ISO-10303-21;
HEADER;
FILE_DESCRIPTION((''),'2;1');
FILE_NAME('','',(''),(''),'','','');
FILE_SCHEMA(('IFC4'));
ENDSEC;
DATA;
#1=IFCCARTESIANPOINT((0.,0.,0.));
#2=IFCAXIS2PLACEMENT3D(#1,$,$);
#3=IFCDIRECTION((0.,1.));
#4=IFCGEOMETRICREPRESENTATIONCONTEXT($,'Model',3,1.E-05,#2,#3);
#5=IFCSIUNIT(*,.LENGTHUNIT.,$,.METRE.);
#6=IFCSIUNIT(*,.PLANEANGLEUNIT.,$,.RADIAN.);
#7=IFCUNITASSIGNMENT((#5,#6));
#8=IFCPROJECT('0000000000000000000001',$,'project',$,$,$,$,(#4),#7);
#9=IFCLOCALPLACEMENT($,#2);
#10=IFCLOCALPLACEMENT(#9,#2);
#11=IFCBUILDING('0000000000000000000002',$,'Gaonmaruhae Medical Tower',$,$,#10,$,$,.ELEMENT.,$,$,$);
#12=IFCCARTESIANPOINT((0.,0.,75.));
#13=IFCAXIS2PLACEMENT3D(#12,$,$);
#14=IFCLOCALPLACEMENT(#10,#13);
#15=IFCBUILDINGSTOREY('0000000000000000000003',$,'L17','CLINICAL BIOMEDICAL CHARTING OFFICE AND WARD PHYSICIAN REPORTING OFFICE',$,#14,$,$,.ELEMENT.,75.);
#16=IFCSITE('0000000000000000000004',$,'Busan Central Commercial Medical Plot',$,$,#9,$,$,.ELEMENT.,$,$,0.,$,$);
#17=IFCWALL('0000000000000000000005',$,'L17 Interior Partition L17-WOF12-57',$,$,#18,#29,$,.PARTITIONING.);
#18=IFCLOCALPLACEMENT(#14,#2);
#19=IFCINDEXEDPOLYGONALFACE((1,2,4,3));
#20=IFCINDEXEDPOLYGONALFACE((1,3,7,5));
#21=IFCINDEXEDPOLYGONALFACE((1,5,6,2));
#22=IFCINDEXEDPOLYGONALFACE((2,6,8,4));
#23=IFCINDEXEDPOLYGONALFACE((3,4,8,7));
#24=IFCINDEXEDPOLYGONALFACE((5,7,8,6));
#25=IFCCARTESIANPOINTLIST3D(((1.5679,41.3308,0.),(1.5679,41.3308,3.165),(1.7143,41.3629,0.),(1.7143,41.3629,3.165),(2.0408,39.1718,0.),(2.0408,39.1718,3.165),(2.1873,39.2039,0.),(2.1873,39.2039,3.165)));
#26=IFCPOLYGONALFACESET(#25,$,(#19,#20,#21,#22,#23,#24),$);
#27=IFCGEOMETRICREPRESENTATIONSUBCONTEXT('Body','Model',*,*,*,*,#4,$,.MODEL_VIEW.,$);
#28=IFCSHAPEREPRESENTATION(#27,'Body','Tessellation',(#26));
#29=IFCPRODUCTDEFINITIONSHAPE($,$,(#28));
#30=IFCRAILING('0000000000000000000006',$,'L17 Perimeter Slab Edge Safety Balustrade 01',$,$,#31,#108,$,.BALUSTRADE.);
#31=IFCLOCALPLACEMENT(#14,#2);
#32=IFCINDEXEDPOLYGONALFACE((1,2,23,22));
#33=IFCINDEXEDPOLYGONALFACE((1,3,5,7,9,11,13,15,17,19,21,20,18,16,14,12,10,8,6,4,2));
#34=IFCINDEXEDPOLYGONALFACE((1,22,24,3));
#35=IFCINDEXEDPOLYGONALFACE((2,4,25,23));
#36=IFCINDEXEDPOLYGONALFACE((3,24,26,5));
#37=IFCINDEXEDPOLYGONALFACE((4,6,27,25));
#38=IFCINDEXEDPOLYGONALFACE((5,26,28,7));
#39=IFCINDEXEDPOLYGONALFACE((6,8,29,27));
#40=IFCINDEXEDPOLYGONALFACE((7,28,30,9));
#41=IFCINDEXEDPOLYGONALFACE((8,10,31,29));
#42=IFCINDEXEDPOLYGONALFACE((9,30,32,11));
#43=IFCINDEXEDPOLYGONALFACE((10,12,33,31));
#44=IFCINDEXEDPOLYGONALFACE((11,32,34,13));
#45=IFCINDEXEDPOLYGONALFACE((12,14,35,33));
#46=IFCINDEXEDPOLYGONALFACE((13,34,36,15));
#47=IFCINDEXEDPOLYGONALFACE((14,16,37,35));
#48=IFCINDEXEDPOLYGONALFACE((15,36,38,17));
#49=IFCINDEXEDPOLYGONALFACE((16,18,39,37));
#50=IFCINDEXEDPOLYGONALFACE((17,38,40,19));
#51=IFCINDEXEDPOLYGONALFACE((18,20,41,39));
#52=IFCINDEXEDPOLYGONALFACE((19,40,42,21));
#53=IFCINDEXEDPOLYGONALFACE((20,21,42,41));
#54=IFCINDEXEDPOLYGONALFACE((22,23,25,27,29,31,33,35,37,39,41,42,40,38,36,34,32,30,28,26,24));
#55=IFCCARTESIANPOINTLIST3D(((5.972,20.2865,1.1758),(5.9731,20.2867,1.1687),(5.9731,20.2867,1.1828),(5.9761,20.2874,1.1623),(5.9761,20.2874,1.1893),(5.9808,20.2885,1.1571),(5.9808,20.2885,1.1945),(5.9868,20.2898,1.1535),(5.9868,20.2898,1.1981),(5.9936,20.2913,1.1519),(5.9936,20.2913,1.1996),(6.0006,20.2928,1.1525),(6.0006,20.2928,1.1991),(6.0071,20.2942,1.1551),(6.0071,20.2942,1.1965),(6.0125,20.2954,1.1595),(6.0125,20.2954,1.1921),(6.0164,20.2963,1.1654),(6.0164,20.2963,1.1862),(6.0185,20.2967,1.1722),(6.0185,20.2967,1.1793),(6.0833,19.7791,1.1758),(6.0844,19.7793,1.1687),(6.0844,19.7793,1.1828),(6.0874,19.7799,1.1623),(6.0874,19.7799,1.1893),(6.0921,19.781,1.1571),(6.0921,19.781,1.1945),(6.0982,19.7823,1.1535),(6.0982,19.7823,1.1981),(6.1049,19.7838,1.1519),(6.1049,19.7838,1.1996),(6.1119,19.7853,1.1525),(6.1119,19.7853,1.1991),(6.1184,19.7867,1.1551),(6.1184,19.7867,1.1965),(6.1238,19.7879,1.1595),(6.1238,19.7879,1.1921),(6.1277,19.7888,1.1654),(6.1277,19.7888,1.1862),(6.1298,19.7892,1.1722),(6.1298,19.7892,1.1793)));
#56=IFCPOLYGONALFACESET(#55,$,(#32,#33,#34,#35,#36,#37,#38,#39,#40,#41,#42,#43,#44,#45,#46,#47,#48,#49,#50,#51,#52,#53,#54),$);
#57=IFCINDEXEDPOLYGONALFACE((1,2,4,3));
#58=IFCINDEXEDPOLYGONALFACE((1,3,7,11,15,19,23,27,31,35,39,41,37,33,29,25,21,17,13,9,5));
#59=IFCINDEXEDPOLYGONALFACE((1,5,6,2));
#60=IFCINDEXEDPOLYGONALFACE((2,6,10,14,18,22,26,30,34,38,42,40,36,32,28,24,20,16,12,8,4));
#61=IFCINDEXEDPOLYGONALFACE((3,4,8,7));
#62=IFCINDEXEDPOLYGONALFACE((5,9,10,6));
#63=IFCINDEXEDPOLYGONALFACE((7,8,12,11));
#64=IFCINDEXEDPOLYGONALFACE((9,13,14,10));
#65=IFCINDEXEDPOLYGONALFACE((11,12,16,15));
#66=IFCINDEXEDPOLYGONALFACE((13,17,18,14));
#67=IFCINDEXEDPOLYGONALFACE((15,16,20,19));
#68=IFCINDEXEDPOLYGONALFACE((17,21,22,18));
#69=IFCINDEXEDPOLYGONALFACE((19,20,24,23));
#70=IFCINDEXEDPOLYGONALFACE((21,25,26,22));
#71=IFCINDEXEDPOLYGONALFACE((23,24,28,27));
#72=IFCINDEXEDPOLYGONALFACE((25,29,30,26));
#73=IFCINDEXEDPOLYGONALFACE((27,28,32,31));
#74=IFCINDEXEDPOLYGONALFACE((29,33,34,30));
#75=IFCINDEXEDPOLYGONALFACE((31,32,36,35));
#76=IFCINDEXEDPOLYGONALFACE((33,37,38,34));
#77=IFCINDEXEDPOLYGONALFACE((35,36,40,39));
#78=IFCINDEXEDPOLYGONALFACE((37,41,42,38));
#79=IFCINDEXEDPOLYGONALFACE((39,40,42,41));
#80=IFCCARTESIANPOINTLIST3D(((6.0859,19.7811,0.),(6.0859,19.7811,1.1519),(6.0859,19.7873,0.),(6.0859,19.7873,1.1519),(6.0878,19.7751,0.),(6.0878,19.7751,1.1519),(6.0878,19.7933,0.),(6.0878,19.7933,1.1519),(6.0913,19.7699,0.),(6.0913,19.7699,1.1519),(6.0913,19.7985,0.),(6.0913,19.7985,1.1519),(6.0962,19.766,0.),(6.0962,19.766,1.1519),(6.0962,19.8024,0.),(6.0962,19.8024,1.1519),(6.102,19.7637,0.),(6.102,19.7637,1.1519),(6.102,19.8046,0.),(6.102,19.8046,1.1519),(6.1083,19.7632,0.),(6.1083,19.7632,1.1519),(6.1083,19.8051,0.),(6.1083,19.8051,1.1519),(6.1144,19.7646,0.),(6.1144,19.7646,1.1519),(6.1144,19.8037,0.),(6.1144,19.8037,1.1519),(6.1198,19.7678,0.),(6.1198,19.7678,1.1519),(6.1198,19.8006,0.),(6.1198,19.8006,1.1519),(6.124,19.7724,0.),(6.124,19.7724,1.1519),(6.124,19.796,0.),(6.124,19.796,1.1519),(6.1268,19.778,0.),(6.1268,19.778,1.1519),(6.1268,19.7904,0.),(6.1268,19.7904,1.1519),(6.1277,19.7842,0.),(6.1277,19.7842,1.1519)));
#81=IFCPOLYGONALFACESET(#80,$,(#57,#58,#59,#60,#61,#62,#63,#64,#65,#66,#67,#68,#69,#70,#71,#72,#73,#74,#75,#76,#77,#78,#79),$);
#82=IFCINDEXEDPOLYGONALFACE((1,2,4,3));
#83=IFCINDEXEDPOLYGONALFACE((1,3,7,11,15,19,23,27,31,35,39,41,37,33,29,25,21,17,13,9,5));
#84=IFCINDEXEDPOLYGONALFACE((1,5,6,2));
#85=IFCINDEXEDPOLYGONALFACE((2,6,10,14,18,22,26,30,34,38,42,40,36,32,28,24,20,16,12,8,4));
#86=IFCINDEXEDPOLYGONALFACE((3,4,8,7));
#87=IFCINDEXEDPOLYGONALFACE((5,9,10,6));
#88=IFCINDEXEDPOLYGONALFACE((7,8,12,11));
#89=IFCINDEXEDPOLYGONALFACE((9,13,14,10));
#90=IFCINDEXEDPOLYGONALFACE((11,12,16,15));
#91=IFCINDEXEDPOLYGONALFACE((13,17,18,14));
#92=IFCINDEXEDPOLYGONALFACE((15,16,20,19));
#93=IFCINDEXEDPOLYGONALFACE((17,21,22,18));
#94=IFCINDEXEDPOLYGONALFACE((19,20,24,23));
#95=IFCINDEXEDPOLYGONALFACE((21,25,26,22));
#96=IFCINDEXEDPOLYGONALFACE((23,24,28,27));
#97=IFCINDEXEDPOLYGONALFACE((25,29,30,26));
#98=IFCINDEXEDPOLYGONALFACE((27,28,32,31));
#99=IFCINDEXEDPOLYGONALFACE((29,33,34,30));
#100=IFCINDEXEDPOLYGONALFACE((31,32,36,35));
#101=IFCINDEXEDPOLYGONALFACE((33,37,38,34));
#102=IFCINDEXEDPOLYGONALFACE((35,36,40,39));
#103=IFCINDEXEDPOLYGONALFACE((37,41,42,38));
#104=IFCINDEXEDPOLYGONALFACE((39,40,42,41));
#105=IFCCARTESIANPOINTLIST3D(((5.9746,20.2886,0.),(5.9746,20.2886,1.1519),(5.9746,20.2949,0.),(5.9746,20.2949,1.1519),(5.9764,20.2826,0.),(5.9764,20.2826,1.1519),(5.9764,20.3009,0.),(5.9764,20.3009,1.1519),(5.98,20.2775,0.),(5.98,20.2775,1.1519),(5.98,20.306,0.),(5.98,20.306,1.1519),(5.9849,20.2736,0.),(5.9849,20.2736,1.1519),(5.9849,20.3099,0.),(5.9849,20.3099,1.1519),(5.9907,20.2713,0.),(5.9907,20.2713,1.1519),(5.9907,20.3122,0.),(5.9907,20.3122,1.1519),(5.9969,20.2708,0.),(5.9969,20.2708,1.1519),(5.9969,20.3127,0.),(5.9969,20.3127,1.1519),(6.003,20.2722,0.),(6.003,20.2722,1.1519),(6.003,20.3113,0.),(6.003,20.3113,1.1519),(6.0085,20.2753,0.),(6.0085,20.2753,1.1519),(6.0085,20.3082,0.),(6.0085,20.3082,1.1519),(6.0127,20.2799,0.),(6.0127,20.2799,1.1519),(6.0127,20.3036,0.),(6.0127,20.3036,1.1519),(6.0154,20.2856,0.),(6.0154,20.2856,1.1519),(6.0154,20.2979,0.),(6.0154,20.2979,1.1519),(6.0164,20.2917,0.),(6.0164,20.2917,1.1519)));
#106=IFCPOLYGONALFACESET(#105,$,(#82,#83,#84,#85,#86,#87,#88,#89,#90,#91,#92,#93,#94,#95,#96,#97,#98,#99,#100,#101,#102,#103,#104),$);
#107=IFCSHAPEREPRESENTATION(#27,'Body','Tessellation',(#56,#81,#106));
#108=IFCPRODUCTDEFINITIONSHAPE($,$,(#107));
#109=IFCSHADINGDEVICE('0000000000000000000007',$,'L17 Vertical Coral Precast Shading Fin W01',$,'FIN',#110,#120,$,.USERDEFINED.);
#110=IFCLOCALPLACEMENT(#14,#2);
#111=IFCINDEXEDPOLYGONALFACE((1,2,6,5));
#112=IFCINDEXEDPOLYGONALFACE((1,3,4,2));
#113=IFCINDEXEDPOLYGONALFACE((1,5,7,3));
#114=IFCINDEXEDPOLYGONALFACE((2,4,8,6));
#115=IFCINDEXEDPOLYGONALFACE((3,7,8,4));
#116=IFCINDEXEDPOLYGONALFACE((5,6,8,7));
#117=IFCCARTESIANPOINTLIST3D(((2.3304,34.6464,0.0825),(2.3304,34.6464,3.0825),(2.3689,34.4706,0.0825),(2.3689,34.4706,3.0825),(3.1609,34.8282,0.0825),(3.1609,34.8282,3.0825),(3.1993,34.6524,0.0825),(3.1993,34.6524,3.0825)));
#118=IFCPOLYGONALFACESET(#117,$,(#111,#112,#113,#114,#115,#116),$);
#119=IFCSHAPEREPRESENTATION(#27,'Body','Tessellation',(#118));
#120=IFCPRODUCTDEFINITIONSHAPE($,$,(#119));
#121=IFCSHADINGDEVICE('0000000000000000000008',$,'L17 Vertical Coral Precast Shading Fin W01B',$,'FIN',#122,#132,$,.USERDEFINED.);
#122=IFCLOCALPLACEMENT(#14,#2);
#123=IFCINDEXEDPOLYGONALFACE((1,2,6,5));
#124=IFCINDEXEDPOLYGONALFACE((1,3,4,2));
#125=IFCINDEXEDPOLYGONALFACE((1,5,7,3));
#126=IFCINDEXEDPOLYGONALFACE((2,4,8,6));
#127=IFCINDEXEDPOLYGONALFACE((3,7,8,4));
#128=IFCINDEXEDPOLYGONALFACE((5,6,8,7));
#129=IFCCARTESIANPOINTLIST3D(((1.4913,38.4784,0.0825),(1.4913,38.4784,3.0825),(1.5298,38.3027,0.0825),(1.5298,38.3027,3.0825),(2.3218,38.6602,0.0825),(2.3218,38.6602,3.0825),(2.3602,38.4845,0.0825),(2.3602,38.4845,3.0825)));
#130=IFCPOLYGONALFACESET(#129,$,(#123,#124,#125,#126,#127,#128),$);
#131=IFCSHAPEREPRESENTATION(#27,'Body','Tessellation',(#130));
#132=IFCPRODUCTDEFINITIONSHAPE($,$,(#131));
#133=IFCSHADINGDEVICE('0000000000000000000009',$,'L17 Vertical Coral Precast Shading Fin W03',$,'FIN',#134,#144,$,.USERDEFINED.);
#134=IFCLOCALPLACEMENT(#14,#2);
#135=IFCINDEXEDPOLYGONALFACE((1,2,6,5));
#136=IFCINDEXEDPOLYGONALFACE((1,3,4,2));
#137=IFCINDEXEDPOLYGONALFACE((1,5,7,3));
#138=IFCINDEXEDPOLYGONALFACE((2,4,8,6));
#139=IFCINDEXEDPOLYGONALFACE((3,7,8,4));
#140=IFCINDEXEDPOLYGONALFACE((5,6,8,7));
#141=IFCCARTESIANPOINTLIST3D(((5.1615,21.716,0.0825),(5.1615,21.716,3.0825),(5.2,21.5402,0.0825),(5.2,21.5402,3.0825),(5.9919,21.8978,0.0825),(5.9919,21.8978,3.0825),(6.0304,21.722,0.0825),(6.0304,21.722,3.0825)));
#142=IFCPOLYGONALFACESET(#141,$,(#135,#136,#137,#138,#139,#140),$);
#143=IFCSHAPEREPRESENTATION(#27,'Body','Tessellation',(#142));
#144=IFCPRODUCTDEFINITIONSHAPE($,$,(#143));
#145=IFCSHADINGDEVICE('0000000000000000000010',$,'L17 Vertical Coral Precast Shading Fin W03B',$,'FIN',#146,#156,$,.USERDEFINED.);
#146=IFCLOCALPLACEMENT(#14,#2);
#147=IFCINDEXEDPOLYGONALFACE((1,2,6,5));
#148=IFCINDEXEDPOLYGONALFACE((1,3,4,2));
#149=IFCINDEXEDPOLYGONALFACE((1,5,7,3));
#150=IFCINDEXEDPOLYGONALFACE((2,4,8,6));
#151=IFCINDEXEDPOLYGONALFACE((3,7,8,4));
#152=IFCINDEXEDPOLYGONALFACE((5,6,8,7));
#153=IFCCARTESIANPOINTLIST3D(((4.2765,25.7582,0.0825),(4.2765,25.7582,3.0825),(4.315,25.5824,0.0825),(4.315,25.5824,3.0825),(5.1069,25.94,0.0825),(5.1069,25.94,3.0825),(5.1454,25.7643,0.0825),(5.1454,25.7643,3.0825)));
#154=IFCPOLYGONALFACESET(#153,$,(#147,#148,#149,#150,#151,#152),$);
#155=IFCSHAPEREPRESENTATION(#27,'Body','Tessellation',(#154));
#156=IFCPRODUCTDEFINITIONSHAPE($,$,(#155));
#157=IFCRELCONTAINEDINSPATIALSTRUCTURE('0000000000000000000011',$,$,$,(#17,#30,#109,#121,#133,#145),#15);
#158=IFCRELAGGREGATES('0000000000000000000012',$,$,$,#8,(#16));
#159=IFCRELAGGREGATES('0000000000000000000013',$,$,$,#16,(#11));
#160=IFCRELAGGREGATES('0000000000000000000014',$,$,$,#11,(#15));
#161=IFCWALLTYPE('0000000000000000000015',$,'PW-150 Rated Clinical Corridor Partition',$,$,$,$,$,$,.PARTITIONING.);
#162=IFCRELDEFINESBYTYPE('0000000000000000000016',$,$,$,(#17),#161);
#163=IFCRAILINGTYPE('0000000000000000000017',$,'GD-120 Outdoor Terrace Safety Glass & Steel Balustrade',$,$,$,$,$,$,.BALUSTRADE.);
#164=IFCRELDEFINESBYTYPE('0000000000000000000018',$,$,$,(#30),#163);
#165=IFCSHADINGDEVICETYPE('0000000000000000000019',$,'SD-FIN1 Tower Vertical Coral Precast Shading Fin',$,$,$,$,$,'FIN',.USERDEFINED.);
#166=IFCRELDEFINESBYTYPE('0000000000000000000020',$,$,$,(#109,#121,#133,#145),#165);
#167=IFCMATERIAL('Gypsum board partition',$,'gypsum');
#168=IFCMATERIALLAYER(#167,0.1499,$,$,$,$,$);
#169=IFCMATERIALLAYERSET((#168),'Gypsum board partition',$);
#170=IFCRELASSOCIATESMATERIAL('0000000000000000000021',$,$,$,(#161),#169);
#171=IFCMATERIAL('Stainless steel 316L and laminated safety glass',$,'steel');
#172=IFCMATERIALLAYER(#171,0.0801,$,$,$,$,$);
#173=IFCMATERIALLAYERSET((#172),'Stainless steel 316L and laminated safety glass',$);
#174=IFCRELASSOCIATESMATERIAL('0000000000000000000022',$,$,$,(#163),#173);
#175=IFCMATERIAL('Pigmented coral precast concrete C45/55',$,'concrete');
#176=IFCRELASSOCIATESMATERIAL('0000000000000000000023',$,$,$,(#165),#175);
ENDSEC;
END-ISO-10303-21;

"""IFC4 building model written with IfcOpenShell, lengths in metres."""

from ifc_helpers import new_model, si_unit, direction, frame, frame_2d, origin, origin_2d, place, context, subcontext, project, spatial, rectangle, circle, extrude, material, layer, layer_set, type_object, element, save


model = new_model("IFC4")

# Units and contexts
model_context = context("Model", 3, precision=1e-05, world=origin(), true_north=direction((0.0, 1.0)))
body_context = subcontext(model_context, "Body", "Model", "MODEL_VIEW")
ifc_project = project(units=[si_unit("LENGTHUNIT", "METRE"), si_unit("PLANEANGLEUNIT", "RADIAN")], contexts=[model_context])

# Site, building, storey
site_placement = place(None, origin())
site = spatial("IfcSite", under=ifc_project, at=site_placement, Name="Busan Central Commercial Medical Plot", CompositionType="ELEMENT", RefElevation=0.0)
building_placement = place(site_placement, origin())
building = spatial("IfcBuilding", under=site, at=building_placement, Name="Gaonmaruhae Medical Tower", CompositionType="ELEMENT")
storey_placement = place(building_placement, frame((0.0, 0.0, 75.0)))
storey = spatial("IfcBuildingStorey", under=building, at=storey_placement, Name="L17", Description="CLINICAL BIOMEDICAL CHARTING OFFICE AND WARD PHYSICIAN REPORTING OFFICE", CompositionType="ELEMENT", Elevation=75.0)

# Wall
ifc_material_1 = material(Name="Gypsum board partition", Category="gypsum")
ifc_layer_1 = layer(ifc_material_1, 0.1499)
ifc_layer_set_1 = layer_set([ifc_layer_1], Name="Gypsum board partition")
wall_type_1 = type_object("IfcWallType", Name="PW-150 Rated Clinical Corridor Partition", PredefinedType="PARTITIONING", material=ifc_layer_set_1)
wall_1_placement = place(storey_placement, frame((2.114, 39.188, 0.0), z_axis=(0.0, 0.0, 1.0), x_axis=(-0.21397, 0.97684, 0.0)))
element("IfcWall", 1, at=wall_1_placement, inside=storey, type_object=wall_type_1, Name="L17 Interior Partition L17-WOF12-57", PredefinedType="PARTITIONING", context=body_context, shape_type="SweptSolid", body=[
    extrude(rectangle(XDim=2.2102, YDim=0.1499, at=frame_2d((1.105, 0.0))), origin(), (0.0, 0.0, 1.0), 3.165),
])

# Railing
ifc_material_2 = material(Name="Stainless steel 316L and laminated safety glass", Category="steel")
ifc_layer_2 = layer(ifc_material_2, 0.0801)
ifc_layer_set_2 = layer_set([ifc_layer_2], Name="Stainless steel 316L and laminated safety glass")
railing_type = type_object("IfcRailingType", Name="GD-120 Outdoor Terrace Safety Glass & Steel Balustrade", PredefinedType="BALUSTRADE", material=ifc_layer_set_2)
railing_placement = place(storey_placement, frame((6.1067, 19.7842, 0.0)))
element("IfcRailing", 2, at=railing_placement, inside=storey, type_object=railing_type, Name="L17 Perimeter Slab Edge Safety Balustrade 01", PredefinedType="BALUSTRADE", context=body_context, shape_type="SweptSolid", body=[
    extrude(circle(Radius=0.0239, at=origin_2d()), frame((0.0, 0.0, 1.1758), z_axis=(-0.214243, 0.97678, 0.0), x_axis=(-0.97678, -0.214243, 0.0)), (0.0, 0.0, 1.0), 0.5195),
    extrude(circle(Radius=0.021, at=origin_2d()), origin(), (0.0, 0.0, 1.0), 1.1519),
    extrude(circle(Radius=0.021, at=origin_2d()), frame((-0.1113, 0.5076, 0.0)), (0.0, 0.0, 1.0), 1.1519),
])

# Shading devices
ifc_material_3 = material(Name="Pigmented coral precast concrete C45/55", Category="concrete")
shading_device_type = type_object("IfcShadingDeviceType", Name="SD-FIN1 Tower Vertical Coral Precast Shading Fin", ElementType="FIN", PredefinedType="USERDEFINED", material=ifc_material_3)
for number, where, z_axis, x_axis, name in (
    (3, (2.7649, 34.6494, 0.0825), (0.0, 0.0, 1.0), (-0.213883, 0.976859, 0.0), "L17 Vertical Coral Precast Shading Fin W01"),
    (4, (1.9258, 38.4814, 0.0825), (0.0, 0.0, 1.0), (-0.213883, 0.976859, 0.0), "L17 Vertical Coral Precast Shading Fin W01B"),
    (5, (5.5959, 21.719, 0.0825), (0.0, 0.0, 1.0), (-0.213883, 0.976859, 0.0), "L17 Vertical Coral Precast Shading Fin W03"),
    (6, (4.7109, 25.7612, 0.0825), (0.0, 0.0, 1.0), (-0.213883, 0.976859, 0.0), "L17 Vertical Coral Precast Shading Fin W03B"),
):
    element("IfcShadingDevice", number, at=place(storey_placement, frame(where, z_axis=z_axis, x_axis=x_axis)), inside=storey, type_object=shading_device_type, Name=name, ObjectType="FIN", PredefinedType="USERDEFINED", context=body_context, shape_type="SweptSolid", body=[
        extrude(rectangle(XDim=0.1799, YDim=0.8501, at=origin_2d()), origin(), (0.0, 0.0, 1.0), 3.0),
    ])

save(model, "model.ifc")
